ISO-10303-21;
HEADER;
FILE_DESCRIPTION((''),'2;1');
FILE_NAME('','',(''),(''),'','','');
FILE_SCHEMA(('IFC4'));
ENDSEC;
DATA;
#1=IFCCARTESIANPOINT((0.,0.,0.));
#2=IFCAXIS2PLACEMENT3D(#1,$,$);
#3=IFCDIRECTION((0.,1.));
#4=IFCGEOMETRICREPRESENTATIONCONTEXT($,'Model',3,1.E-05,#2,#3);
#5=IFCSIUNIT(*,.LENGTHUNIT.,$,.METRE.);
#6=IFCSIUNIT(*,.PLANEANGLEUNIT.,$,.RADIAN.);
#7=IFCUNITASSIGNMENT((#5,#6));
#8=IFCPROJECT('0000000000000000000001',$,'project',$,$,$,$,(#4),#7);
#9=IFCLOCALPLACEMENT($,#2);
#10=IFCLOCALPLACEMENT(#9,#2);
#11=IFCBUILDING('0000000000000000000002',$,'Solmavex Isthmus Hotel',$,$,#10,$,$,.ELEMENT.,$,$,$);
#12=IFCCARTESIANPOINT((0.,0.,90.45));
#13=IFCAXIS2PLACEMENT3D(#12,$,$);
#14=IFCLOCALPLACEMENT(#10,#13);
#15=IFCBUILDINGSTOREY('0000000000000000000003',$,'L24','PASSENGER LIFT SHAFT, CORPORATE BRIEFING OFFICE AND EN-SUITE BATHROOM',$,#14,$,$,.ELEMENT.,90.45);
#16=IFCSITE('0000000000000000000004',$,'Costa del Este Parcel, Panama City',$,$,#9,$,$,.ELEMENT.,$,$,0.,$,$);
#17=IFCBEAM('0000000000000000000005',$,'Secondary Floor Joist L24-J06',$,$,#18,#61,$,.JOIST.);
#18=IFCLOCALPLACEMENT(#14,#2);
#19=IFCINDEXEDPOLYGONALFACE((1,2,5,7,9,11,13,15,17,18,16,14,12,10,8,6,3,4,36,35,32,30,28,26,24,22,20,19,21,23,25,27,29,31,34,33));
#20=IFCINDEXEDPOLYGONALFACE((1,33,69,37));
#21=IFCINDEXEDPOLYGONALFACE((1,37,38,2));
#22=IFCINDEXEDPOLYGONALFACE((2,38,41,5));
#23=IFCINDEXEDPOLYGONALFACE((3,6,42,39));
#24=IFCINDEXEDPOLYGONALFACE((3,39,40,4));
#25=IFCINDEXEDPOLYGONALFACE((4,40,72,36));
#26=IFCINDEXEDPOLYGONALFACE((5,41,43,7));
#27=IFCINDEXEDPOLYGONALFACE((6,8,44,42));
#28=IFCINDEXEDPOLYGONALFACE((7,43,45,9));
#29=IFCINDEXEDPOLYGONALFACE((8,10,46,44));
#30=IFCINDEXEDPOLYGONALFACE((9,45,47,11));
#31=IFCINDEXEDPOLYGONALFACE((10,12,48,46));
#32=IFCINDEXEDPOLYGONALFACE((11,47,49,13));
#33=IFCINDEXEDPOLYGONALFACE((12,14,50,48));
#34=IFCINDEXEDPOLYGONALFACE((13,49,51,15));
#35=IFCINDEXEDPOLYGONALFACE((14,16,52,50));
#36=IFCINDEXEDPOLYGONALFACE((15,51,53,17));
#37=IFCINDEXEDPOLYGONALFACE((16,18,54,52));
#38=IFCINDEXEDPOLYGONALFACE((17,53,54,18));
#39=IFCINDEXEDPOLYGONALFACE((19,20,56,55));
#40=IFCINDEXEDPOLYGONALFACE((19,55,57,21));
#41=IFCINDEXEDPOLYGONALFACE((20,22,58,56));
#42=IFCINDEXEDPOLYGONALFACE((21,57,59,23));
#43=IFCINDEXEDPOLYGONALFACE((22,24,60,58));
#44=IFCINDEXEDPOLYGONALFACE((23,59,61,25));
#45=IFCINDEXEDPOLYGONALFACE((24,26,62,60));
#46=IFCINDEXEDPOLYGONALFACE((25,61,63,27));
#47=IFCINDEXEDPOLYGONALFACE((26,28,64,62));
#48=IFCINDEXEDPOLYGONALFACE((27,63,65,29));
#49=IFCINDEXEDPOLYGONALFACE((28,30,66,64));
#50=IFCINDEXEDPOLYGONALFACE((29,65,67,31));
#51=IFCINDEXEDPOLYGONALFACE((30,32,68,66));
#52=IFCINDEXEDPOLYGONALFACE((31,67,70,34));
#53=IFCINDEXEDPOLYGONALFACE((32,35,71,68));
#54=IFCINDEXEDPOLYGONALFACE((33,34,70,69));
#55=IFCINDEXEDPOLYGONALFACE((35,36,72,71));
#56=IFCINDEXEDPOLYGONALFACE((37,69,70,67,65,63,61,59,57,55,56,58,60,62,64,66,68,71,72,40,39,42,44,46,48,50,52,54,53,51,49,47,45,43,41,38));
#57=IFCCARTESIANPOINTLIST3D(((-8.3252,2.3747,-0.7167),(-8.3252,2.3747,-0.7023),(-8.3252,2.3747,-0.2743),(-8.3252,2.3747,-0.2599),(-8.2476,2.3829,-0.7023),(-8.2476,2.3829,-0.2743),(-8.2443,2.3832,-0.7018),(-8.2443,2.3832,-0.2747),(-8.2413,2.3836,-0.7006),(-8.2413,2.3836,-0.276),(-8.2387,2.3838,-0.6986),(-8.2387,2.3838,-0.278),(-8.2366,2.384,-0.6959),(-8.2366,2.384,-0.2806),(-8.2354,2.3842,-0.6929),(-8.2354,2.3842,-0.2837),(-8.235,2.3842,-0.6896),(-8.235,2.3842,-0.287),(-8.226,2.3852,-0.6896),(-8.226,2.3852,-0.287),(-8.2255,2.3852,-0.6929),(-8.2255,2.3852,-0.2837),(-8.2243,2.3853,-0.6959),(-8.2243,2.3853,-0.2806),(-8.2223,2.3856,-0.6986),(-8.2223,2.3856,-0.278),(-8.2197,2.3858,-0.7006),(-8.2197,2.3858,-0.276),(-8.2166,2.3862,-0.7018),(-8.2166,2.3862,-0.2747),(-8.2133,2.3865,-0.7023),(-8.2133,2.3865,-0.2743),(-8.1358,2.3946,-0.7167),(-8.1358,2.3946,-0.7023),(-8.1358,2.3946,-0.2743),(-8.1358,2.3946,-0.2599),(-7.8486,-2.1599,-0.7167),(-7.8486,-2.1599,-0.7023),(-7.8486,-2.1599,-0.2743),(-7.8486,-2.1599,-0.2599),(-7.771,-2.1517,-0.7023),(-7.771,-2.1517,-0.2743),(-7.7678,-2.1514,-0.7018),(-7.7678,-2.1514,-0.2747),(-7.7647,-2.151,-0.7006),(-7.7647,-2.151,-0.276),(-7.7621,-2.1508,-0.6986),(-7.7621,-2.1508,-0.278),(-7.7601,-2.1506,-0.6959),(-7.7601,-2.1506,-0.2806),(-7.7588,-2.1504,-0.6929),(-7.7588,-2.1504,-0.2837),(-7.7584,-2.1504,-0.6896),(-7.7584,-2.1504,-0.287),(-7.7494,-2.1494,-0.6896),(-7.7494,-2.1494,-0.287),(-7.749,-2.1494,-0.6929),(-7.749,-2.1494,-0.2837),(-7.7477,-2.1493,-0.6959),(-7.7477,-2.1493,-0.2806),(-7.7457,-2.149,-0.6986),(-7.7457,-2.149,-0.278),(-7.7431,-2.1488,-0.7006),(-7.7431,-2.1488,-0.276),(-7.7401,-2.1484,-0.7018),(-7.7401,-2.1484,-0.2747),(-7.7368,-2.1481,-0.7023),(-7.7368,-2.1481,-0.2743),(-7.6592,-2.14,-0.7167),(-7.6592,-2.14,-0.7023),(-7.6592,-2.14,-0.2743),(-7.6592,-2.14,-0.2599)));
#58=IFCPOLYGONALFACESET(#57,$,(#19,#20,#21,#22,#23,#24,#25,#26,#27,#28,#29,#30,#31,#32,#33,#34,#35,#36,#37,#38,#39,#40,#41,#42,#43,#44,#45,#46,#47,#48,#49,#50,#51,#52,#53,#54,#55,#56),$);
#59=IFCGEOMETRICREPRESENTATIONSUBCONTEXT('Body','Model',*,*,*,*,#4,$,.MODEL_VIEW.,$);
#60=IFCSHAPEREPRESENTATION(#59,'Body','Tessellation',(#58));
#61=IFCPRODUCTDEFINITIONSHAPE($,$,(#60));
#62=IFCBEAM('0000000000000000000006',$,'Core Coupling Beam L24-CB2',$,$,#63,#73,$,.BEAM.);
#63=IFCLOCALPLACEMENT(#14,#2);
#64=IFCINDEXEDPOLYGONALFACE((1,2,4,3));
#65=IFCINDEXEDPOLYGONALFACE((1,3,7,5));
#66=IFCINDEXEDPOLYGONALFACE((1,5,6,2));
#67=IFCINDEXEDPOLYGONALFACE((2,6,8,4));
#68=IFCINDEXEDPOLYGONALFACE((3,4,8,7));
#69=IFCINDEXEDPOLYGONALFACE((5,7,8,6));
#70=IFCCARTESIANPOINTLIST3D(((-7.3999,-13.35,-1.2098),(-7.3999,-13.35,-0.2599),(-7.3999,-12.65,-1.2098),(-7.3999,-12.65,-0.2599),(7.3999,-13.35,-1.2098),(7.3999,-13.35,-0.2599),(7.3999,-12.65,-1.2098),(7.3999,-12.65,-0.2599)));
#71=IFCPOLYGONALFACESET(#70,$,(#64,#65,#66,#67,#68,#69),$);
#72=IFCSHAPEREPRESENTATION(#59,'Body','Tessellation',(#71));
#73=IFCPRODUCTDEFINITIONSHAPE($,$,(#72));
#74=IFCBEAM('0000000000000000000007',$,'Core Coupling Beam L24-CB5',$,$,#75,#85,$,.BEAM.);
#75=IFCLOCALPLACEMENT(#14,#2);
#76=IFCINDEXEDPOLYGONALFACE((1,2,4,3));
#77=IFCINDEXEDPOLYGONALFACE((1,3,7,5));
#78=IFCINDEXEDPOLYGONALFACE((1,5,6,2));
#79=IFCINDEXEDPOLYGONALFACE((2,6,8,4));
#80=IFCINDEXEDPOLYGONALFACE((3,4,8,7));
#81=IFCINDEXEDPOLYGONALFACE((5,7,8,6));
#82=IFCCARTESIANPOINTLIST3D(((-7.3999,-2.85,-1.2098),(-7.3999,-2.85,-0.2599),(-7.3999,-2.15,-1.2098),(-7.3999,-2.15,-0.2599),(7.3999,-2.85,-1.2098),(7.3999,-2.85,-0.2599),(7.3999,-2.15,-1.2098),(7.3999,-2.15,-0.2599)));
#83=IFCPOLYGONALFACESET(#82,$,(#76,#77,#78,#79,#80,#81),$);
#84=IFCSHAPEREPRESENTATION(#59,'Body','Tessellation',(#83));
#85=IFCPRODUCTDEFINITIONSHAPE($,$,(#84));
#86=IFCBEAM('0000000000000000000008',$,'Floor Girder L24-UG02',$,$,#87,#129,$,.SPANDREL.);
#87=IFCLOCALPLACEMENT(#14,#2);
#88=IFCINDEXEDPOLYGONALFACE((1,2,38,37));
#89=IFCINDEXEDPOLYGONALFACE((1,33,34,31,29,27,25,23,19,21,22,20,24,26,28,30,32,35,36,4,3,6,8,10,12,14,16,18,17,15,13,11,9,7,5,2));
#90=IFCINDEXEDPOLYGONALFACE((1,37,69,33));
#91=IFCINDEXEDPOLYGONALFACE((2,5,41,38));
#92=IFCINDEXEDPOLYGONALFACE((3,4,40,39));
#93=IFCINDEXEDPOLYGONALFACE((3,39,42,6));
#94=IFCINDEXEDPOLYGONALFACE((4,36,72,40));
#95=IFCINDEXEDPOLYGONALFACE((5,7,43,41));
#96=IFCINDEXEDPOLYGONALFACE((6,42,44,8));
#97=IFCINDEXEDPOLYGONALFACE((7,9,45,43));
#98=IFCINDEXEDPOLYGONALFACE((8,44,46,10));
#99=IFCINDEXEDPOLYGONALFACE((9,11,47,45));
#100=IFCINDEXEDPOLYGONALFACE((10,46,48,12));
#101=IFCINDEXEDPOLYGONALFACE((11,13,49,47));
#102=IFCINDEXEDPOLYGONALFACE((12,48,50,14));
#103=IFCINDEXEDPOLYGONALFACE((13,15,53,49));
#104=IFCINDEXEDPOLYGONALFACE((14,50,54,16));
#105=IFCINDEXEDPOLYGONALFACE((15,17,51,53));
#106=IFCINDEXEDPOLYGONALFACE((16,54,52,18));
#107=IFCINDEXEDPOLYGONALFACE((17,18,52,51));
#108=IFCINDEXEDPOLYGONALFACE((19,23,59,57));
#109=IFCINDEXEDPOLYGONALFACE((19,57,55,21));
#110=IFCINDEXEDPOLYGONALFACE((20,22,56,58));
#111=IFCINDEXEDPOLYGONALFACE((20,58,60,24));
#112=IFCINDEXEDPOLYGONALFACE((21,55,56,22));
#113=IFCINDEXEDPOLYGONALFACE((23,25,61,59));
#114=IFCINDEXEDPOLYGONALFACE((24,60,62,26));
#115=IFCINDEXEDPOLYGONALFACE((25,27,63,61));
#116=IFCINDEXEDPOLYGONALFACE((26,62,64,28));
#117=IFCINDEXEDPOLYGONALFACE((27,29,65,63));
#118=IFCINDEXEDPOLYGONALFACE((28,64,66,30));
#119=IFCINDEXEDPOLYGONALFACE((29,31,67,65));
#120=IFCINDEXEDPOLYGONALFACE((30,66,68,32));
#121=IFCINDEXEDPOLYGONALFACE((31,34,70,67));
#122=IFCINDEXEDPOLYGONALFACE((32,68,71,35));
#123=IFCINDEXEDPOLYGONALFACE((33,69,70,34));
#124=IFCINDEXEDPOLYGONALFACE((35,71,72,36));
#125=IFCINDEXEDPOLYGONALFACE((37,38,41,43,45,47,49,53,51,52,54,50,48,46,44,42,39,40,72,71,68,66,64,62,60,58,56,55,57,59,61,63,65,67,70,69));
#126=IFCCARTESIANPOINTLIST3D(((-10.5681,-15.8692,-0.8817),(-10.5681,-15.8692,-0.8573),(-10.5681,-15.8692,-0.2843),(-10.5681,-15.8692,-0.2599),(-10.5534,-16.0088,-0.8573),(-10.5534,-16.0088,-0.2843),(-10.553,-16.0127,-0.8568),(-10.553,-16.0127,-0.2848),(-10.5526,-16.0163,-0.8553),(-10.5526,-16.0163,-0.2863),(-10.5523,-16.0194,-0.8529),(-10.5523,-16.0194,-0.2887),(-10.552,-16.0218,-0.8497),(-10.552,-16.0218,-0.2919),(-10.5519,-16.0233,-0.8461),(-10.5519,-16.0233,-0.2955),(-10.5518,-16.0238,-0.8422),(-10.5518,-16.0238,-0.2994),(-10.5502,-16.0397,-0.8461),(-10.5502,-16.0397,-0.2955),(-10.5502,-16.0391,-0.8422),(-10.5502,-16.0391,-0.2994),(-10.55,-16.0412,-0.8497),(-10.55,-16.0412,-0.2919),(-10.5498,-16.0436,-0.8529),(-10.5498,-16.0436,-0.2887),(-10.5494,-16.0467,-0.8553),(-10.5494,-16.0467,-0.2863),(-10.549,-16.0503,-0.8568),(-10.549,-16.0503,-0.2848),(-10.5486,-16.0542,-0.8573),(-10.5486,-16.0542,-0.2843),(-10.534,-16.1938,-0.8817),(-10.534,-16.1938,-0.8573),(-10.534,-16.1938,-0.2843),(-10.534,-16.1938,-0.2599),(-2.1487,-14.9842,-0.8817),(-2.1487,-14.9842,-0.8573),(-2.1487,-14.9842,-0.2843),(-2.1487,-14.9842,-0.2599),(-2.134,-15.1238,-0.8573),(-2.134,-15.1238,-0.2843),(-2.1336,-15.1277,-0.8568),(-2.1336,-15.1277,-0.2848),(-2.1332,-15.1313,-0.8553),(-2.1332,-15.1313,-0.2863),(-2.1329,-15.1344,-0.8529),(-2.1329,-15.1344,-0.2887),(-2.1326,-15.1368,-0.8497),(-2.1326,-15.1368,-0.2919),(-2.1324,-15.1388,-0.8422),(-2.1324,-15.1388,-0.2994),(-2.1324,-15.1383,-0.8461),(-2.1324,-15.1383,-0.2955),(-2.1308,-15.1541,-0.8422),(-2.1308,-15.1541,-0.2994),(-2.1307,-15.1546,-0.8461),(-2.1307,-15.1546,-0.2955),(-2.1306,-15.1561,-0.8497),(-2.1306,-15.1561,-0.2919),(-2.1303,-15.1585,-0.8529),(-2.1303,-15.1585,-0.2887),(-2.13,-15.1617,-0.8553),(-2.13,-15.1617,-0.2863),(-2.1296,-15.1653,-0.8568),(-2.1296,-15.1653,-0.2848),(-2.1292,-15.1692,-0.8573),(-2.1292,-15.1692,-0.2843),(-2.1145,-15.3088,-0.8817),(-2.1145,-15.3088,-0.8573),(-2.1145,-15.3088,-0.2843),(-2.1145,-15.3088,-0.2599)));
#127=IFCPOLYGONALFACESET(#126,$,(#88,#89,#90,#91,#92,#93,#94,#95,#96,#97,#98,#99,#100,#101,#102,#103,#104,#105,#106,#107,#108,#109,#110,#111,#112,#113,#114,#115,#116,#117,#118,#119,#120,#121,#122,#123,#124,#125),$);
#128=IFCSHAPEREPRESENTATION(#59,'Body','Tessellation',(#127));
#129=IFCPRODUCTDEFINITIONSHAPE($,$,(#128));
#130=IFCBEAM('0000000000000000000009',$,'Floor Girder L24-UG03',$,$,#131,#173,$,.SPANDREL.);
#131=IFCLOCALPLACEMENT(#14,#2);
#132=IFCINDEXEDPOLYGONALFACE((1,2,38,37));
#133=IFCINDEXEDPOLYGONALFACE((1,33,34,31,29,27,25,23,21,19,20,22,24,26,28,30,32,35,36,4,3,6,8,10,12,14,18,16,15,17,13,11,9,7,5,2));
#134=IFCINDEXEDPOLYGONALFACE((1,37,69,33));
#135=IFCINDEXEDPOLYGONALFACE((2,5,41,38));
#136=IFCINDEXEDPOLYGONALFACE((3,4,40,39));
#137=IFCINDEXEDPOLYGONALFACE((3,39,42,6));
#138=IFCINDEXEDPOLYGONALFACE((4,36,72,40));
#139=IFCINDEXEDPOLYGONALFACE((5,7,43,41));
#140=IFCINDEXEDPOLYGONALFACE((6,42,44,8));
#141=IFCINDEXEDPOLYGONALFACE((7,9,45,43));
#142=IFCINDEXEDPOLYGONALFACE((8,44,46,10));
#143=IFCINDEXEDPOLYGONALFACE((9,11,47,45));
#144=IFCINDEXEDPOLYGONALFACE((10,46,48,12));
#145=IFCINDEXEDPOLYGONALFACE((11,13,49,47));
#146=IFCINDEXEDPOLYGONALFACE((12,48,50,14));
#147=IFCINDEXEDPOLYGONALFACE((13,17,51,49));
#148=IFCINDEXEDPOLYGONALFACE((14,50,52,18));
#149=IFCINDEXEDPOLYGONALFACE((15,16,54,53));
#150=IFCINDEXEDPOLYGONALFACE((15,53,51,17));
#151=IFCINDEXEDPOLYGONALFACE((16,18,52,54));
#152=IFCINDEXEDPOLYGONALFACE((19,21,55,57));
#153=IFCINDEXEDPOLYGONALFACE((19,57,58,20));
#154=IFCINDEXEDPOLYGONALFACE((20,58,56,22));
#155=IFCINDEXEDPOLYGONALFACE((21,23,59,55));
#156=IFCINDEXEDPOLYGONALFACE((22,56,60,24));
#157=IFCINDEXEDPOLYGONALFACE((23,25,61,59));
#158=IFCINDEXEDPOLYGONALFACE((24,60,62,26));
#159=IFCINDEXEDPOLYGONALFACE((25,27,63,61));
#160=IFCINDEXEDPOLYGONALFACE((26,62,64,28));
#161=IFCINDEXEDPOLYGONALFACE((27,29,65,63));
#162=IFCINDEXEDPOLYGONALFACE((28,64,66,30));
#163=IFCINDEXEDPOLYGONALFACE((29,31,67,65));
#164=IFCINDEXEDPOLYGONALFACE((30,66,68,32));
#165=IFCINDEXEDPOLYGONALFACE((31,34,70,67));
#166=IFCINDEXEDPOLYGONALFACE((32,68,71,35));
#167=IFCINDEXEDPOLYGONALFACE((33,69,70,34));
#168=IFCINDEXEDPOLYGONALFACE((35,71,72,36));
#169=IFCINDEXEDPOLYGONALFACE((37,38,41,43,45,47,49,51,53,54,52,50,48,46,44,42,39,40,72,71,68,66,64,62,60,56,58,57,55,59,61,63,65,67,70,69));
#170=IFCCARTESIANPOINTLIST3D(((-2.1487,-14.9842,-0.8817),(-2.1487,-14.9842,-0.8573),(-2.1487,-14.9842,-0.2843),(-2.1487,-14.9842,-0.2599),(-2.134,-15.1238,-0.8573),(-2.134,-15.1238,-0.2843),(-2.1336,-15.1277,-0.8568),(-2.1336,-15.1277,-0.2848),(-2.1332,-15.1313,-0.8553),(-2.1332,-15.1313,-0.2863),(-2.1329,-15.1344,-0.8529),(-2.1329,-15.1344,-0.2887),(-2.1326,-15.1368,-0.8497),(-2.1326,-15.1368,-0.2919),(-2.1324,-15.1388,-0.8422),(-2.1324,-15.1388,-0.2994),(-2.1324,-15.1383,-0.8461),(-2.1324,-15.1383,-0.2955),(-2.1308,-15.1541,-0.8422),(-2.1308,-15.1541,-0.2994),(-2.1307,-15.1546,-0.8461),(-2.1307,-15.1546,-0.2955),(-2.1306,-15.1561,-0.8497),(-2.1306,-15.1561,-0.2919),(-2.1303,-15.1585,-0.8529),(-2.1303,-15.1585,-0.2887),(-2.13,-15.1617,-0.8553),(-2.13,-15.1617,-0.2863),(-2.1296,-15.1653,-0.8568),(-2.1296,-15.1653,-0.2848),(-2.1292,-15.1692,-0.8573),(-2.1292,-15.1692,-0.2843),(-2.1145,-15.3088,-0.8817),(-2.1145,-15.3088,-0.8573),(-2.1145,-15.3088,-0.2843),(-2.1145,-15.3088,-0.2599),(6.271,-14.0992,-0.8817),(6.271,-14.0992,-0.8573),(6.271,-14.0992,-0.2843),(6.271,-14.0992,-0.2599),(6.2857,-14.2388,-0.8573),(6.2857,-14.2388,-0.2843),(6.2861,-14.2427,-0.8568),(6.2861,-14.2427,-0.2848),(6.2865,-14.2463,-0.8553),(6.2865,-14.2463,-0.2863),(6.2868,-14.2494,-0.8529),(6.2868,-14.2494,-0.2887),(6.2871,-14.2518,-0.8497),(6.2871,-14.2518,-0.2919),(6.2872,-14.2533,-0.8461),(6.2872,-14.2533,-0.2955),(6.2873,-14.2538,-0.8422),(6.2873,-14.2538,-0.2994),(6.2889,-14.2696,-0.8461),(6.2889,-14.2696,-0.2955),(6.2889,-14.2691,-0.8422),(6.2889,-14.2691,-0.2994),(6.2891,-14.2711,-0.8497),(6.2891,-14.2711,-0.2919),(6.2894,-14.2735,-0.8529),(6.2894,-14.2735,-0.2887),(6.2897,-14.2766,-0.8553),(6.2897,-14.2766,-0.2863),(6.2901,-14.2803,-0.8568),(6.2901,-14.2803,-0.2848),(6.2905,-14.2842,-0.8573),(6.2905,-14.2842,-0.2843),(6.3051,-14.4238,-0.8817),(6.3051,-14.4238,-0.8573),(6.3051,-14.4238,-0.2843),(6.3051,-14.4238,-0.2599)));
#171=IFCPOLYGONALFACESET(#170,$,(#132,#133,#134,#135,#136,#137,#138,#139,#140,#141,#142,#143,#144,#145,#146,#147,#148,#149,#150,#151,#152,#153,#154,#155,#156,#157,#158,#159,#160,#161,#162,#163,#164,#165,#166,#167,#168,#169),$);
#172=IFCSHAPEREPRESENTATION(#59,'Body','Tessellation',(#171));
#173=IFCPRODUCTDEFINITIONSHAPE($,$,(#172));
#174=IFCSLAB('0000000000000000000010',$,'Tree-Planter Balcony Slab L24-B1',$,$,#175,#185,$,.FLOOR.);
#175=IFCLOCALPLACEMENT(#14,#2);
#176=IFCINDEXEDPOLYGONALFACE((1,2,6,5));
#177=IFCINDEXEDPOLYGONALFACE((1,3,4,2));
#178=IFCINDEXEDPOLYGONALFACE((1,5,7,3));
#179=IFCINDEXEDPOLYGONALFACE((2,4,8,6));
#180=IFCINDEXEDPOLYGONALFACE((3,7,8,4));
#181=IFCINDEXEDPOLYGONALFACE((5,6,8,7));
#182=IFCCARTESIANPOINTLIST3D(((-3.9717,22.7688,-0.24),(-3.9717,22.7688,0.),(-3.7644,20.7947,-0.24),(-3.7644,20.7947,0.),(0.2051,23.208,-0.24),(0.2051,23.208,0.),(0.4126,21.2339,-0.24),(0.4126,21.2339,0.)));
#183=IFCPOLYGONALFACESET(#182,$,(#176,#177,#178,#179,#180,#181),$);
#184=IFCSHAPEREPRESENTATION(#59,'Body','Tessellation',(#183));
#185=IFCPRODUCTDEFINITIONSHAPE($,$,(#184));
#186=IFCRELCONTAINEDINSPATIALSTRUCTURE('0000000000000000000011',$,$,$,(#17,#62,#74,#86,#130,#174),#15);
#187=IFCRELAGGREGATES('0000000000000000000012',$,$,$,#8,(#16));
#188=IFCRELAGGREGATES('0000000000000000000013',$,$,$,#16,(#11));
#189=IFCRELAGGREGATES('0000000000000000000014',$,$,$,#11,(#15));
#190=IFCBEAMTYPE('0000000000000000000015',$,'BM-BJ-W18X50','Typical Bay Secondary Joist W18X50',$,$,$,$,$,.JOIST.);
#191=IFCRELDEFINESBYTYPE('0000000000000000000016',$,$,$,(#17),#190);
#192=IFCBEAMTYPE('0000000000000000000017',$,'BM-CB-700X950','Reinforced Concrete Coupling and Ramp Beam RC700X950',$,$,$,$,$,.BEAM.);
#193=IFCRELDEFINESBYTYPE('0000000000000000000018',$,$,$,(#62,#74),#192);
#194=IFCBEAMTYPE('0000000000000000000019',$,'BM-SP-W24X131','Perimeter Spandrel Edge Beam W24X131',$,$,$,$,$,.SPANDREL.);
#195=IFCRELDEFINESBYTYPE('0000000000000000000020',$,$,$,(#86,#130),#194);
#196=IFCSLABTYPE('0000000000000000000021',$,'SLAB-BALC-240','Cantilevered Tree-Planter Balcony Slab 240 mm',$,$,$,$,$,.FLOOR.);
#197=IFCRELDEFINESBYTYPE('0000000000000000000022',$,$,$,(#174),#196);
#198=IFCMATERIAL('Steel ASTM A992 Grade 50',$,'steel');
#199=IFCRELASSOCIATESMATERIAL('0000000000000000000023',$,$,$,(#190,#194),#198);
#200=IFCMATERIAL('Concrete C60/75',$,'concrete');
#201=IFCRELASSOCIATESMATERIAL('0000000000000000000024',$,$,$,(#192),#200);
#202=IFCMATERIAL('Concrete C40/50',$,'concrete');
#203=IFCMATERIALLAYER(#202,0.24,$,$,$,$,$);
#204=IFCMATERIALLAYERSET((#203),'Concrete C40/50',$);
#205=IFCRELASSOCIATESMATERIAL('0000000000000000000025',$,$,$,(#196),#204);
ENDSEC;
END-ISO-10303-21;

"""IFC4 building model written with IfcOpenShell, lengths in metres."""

from ifc_helpers import new_model, si_unit, direction, frame, origin, origin_2d, place, context, subcontext, project, spatial, polyline, rectangle, i_section, outline, extrude, material, layer, layer_set, material_profile, profile_set, type_object, element, save


model = new_model("IFC4")

# Units and contexts
model_context = context("Model", 3, precision=1e-05, world=origin(), true_north=direction((0.0, 1.0)))
body_context = subcontext(model_context, "Body", "Model", "MODEL_VIEW")
ifc_project = project(units=[si_unit("LENGTHUNIT", "METRE"), si_unit("PLANEANGLEUNIT", "RADIAN")], contexts=[model_context])

# Site, building, storey
site_placement = place(None, origin())
site = spatial("IfcSite", under=ifc_project, at=site_placement, Name="Costa del Este Parcel, Panama City", CompositionType="ELEMENT", RefElevation=0.0)
building_placement = place(site_placement, origin())
building = spatial("IfcBuilding", under=site, at=building_placement, Name="Solmavex Isthmus Hotel", CompositionType="ELEMENT")
storey_placement = place(building_placement, frame((0.0, 0.0, 90.45)))
storey = spatial("IfcBuildingStorey", under=building, at=storey_placement, Name="L24", Description="PASSENGER LIFT SHAFT, CORPORATE BRIEFING OFFICE AND EN-SUITE BATHROOM", CompositionType="ELEMENT", Elevation=90.45)

# Shared definitions
ifc_material_1 = material(Name="Concrete C60/75", Category="concrete")

# Beams
ifc_material_2 = material(Name="Steel ASTM A992 Grade 50", Category="steel")
ifc_material_profile_1 = material_profile(ifc_material_2, i_section(OverallWidth=0.1904, OverallDepth=0.4568, WebThickness=0.009, FlangeThickness=0.0144, FilletRadius=0.0127, at=origin_2d()), Name="W18X50")
ifc_profile_set_1 = profile_set([ifc_material_profile_1], Name="Steel ASTM A992 Grade 50")
beam_type_1 = type_object("IfcBeamType", Name="BM-BJ-W18X50", Description="Typical Bay Secondary Joist W18X50", PredefinedType="JOIST", material=ifc_profile_set_1)
beam_1_placement = place(storey_placement, frame((-7.7539, -2.1499, -0.4883), z_axis=(-0.104518, 0.994523, 0.0), x_axis=(-0.994523, -0.104518, 0.0)))
element("IfcBeam", 1, at=beam_1_placement, inside=storey, type_object=beam_type_1, Name="Secondary Floor Joist L24-J06", PredefinedType="JOIST", context=body_context, shape_type="SweptSolid", body=[
    extrude(i_section(OverallWidth=0.1904, OverallDepth=0.4568, WebThickness=0.009, FlangeThickness=0.0144, FilletRadius=0.0127, at=origin_2d()), origin(), (0.0, 0.0, 1.0), 4.5596),
])
ifc_material_profile_2 = material_profile(ifc_material_1, rectangle(XDim=0.7, YDim=0.95, at=origin_2d()), Name="RC700X950")
ifc_profile_set_2 = profile_set([ifc_material_profile_2], Name="Concrete C60/75")
beam_type_2 = type_object("IfcBeamType", Name="BM-CB-700X950", Description="Reinforced Concrete Coupling and Ramp Beam RC700X950", PredefinedType="BEAM", material=ifc_profile_set_2)
for number, where, z_axis, x_axis, name in (
    (2, (-7.3999, -13.0, -0.7349), (1.0, 0.0, 0.0), (0.0, 1.0, 0.0), "Core Coupling Beam L24-CB2"),
    (3, (-7.3999, -2.5, -0.7349), (1.0, 0.0, 0.0), (0.0, 1.0, 0.0), "Core Coupling Beam L24-CB5"),
):
    element("IfcBeam", number, at=place(storey_placement, frame(where, z_axis=z_axis, x_axis=x_axis)), inside=storey, type_object=beam_type_2, Name=name, PredefinedType="BEAM", context=body_context, shape_type="SweptSolid", body=[
        extrude(rectangle(XDim=0.7, YDim=0.95, at=origin_2d()), origin(), (0.0, 0.0, 1.0), 14.7998),
    ])
ifc_material_profile_3 = material_profile(ifc_material_2, i_section(OverallWidth=0.3264, OverallDepth=0.6218, WebThickness=0.0154, FlangeThickness=0.0244, FilletRadius=0.0151, at=origin_2d()), Name="W24X131")
ifc_profile_set_3 = profile_set([ifc_material_profile_3], Name="Steel ASTM A992 Grade 50")
beam_type_3 = type_object("IfcBeamType", Name="BM-SP-W24X131", Description="Perimeter Spandrel Edge Beam W24X131", PredefinedType="SPANDREL", material=ifc_profile_set_3)
beam_2_placement = place(storey_placement, frame((-10.551, -16.0315, -0.5708), z_axis=(0.994521, 0.104539, 0.0), x_axis=(-0.104539, 0.994521, 0.0)))
element("IfcBeam", 4, at=beam_2_placement, inside=storey, type_object=beam_type_3, Name="Floor Girder L24-UG02", PredefinedType="SPANDREL", context=body_context, shape_type="SweptSolid", body=[
    extrude(i_section(OverallWidth=0.3264, OverallDepth=0.6218, WebThickness=0.0154, FlangeThickness=0.0244, FilletRadius=0.0151, at=origin_2d()), origin(), (0.0, 0.0, 1.0), 8.4658),
])
beam_3_placement = place(storey_placement, frame((-2.1316, -15.1465, -0.5708), z_axis=(0.994521, 0.104536, 0.0), x_axis=(-0.104536, 0.994521, 0.0)))
element("IfcBeam", 5, at=beam_3_placement, inside=storey, type_object=beam_type_3, Name="Floor Girder L24-UG03", PredefinedType="SPANDREL", context=body_context, shape_type="SweptSolid", body=[
    extrude(i_section(OverallWidth=0.3264, OverallDepth=0.6218, WebThickness=0.0154, FlangeThickness=0.0244, FilletRadius=0.0151, at=origin_2d()), origin(), (0.0, 0.0, 1.0), 8.4661),
])

# Slab
ifc_material_3 = material(Name="Concrete C40/50", Category="concrete")
ifc_layer_1 = layer(ifc_material_3, 0.24)
ifc_layer_set_1 = layer_set([ifc_layer_1], Name="Concrete C40/50")
slab_type_1 = type_object("IfcSlabType", Name="SLAB-BALC-240", Description="Cantilevered Tree-Planter Balcony Slab 240 mm", PredefinedType="FLOOR", material=ifc_layer_set_1)
slab_1_placement = place(storey_placement, frame((0.0, 0.0, -0.24)))
element("IfcSlab", 6, at=slab_1_placement, inside=storey, type_object=slab_type_1, Name="Tree-Planter Balcony Slab L24-B1", PredefinedType="FLOOR", context=body_context, shape_type="SweptSolid", body=[
    extrude(outline(polyline([(-3.7644, 20.7947), (0.4126, 21.2339), (0.2051, 23.208), (-3.9717, 22.7688), (-3.7644, 20.7947)])), origin(), (0.0, 0.0, 1.0), 0.24),
])

save(model, "model.ifc")
